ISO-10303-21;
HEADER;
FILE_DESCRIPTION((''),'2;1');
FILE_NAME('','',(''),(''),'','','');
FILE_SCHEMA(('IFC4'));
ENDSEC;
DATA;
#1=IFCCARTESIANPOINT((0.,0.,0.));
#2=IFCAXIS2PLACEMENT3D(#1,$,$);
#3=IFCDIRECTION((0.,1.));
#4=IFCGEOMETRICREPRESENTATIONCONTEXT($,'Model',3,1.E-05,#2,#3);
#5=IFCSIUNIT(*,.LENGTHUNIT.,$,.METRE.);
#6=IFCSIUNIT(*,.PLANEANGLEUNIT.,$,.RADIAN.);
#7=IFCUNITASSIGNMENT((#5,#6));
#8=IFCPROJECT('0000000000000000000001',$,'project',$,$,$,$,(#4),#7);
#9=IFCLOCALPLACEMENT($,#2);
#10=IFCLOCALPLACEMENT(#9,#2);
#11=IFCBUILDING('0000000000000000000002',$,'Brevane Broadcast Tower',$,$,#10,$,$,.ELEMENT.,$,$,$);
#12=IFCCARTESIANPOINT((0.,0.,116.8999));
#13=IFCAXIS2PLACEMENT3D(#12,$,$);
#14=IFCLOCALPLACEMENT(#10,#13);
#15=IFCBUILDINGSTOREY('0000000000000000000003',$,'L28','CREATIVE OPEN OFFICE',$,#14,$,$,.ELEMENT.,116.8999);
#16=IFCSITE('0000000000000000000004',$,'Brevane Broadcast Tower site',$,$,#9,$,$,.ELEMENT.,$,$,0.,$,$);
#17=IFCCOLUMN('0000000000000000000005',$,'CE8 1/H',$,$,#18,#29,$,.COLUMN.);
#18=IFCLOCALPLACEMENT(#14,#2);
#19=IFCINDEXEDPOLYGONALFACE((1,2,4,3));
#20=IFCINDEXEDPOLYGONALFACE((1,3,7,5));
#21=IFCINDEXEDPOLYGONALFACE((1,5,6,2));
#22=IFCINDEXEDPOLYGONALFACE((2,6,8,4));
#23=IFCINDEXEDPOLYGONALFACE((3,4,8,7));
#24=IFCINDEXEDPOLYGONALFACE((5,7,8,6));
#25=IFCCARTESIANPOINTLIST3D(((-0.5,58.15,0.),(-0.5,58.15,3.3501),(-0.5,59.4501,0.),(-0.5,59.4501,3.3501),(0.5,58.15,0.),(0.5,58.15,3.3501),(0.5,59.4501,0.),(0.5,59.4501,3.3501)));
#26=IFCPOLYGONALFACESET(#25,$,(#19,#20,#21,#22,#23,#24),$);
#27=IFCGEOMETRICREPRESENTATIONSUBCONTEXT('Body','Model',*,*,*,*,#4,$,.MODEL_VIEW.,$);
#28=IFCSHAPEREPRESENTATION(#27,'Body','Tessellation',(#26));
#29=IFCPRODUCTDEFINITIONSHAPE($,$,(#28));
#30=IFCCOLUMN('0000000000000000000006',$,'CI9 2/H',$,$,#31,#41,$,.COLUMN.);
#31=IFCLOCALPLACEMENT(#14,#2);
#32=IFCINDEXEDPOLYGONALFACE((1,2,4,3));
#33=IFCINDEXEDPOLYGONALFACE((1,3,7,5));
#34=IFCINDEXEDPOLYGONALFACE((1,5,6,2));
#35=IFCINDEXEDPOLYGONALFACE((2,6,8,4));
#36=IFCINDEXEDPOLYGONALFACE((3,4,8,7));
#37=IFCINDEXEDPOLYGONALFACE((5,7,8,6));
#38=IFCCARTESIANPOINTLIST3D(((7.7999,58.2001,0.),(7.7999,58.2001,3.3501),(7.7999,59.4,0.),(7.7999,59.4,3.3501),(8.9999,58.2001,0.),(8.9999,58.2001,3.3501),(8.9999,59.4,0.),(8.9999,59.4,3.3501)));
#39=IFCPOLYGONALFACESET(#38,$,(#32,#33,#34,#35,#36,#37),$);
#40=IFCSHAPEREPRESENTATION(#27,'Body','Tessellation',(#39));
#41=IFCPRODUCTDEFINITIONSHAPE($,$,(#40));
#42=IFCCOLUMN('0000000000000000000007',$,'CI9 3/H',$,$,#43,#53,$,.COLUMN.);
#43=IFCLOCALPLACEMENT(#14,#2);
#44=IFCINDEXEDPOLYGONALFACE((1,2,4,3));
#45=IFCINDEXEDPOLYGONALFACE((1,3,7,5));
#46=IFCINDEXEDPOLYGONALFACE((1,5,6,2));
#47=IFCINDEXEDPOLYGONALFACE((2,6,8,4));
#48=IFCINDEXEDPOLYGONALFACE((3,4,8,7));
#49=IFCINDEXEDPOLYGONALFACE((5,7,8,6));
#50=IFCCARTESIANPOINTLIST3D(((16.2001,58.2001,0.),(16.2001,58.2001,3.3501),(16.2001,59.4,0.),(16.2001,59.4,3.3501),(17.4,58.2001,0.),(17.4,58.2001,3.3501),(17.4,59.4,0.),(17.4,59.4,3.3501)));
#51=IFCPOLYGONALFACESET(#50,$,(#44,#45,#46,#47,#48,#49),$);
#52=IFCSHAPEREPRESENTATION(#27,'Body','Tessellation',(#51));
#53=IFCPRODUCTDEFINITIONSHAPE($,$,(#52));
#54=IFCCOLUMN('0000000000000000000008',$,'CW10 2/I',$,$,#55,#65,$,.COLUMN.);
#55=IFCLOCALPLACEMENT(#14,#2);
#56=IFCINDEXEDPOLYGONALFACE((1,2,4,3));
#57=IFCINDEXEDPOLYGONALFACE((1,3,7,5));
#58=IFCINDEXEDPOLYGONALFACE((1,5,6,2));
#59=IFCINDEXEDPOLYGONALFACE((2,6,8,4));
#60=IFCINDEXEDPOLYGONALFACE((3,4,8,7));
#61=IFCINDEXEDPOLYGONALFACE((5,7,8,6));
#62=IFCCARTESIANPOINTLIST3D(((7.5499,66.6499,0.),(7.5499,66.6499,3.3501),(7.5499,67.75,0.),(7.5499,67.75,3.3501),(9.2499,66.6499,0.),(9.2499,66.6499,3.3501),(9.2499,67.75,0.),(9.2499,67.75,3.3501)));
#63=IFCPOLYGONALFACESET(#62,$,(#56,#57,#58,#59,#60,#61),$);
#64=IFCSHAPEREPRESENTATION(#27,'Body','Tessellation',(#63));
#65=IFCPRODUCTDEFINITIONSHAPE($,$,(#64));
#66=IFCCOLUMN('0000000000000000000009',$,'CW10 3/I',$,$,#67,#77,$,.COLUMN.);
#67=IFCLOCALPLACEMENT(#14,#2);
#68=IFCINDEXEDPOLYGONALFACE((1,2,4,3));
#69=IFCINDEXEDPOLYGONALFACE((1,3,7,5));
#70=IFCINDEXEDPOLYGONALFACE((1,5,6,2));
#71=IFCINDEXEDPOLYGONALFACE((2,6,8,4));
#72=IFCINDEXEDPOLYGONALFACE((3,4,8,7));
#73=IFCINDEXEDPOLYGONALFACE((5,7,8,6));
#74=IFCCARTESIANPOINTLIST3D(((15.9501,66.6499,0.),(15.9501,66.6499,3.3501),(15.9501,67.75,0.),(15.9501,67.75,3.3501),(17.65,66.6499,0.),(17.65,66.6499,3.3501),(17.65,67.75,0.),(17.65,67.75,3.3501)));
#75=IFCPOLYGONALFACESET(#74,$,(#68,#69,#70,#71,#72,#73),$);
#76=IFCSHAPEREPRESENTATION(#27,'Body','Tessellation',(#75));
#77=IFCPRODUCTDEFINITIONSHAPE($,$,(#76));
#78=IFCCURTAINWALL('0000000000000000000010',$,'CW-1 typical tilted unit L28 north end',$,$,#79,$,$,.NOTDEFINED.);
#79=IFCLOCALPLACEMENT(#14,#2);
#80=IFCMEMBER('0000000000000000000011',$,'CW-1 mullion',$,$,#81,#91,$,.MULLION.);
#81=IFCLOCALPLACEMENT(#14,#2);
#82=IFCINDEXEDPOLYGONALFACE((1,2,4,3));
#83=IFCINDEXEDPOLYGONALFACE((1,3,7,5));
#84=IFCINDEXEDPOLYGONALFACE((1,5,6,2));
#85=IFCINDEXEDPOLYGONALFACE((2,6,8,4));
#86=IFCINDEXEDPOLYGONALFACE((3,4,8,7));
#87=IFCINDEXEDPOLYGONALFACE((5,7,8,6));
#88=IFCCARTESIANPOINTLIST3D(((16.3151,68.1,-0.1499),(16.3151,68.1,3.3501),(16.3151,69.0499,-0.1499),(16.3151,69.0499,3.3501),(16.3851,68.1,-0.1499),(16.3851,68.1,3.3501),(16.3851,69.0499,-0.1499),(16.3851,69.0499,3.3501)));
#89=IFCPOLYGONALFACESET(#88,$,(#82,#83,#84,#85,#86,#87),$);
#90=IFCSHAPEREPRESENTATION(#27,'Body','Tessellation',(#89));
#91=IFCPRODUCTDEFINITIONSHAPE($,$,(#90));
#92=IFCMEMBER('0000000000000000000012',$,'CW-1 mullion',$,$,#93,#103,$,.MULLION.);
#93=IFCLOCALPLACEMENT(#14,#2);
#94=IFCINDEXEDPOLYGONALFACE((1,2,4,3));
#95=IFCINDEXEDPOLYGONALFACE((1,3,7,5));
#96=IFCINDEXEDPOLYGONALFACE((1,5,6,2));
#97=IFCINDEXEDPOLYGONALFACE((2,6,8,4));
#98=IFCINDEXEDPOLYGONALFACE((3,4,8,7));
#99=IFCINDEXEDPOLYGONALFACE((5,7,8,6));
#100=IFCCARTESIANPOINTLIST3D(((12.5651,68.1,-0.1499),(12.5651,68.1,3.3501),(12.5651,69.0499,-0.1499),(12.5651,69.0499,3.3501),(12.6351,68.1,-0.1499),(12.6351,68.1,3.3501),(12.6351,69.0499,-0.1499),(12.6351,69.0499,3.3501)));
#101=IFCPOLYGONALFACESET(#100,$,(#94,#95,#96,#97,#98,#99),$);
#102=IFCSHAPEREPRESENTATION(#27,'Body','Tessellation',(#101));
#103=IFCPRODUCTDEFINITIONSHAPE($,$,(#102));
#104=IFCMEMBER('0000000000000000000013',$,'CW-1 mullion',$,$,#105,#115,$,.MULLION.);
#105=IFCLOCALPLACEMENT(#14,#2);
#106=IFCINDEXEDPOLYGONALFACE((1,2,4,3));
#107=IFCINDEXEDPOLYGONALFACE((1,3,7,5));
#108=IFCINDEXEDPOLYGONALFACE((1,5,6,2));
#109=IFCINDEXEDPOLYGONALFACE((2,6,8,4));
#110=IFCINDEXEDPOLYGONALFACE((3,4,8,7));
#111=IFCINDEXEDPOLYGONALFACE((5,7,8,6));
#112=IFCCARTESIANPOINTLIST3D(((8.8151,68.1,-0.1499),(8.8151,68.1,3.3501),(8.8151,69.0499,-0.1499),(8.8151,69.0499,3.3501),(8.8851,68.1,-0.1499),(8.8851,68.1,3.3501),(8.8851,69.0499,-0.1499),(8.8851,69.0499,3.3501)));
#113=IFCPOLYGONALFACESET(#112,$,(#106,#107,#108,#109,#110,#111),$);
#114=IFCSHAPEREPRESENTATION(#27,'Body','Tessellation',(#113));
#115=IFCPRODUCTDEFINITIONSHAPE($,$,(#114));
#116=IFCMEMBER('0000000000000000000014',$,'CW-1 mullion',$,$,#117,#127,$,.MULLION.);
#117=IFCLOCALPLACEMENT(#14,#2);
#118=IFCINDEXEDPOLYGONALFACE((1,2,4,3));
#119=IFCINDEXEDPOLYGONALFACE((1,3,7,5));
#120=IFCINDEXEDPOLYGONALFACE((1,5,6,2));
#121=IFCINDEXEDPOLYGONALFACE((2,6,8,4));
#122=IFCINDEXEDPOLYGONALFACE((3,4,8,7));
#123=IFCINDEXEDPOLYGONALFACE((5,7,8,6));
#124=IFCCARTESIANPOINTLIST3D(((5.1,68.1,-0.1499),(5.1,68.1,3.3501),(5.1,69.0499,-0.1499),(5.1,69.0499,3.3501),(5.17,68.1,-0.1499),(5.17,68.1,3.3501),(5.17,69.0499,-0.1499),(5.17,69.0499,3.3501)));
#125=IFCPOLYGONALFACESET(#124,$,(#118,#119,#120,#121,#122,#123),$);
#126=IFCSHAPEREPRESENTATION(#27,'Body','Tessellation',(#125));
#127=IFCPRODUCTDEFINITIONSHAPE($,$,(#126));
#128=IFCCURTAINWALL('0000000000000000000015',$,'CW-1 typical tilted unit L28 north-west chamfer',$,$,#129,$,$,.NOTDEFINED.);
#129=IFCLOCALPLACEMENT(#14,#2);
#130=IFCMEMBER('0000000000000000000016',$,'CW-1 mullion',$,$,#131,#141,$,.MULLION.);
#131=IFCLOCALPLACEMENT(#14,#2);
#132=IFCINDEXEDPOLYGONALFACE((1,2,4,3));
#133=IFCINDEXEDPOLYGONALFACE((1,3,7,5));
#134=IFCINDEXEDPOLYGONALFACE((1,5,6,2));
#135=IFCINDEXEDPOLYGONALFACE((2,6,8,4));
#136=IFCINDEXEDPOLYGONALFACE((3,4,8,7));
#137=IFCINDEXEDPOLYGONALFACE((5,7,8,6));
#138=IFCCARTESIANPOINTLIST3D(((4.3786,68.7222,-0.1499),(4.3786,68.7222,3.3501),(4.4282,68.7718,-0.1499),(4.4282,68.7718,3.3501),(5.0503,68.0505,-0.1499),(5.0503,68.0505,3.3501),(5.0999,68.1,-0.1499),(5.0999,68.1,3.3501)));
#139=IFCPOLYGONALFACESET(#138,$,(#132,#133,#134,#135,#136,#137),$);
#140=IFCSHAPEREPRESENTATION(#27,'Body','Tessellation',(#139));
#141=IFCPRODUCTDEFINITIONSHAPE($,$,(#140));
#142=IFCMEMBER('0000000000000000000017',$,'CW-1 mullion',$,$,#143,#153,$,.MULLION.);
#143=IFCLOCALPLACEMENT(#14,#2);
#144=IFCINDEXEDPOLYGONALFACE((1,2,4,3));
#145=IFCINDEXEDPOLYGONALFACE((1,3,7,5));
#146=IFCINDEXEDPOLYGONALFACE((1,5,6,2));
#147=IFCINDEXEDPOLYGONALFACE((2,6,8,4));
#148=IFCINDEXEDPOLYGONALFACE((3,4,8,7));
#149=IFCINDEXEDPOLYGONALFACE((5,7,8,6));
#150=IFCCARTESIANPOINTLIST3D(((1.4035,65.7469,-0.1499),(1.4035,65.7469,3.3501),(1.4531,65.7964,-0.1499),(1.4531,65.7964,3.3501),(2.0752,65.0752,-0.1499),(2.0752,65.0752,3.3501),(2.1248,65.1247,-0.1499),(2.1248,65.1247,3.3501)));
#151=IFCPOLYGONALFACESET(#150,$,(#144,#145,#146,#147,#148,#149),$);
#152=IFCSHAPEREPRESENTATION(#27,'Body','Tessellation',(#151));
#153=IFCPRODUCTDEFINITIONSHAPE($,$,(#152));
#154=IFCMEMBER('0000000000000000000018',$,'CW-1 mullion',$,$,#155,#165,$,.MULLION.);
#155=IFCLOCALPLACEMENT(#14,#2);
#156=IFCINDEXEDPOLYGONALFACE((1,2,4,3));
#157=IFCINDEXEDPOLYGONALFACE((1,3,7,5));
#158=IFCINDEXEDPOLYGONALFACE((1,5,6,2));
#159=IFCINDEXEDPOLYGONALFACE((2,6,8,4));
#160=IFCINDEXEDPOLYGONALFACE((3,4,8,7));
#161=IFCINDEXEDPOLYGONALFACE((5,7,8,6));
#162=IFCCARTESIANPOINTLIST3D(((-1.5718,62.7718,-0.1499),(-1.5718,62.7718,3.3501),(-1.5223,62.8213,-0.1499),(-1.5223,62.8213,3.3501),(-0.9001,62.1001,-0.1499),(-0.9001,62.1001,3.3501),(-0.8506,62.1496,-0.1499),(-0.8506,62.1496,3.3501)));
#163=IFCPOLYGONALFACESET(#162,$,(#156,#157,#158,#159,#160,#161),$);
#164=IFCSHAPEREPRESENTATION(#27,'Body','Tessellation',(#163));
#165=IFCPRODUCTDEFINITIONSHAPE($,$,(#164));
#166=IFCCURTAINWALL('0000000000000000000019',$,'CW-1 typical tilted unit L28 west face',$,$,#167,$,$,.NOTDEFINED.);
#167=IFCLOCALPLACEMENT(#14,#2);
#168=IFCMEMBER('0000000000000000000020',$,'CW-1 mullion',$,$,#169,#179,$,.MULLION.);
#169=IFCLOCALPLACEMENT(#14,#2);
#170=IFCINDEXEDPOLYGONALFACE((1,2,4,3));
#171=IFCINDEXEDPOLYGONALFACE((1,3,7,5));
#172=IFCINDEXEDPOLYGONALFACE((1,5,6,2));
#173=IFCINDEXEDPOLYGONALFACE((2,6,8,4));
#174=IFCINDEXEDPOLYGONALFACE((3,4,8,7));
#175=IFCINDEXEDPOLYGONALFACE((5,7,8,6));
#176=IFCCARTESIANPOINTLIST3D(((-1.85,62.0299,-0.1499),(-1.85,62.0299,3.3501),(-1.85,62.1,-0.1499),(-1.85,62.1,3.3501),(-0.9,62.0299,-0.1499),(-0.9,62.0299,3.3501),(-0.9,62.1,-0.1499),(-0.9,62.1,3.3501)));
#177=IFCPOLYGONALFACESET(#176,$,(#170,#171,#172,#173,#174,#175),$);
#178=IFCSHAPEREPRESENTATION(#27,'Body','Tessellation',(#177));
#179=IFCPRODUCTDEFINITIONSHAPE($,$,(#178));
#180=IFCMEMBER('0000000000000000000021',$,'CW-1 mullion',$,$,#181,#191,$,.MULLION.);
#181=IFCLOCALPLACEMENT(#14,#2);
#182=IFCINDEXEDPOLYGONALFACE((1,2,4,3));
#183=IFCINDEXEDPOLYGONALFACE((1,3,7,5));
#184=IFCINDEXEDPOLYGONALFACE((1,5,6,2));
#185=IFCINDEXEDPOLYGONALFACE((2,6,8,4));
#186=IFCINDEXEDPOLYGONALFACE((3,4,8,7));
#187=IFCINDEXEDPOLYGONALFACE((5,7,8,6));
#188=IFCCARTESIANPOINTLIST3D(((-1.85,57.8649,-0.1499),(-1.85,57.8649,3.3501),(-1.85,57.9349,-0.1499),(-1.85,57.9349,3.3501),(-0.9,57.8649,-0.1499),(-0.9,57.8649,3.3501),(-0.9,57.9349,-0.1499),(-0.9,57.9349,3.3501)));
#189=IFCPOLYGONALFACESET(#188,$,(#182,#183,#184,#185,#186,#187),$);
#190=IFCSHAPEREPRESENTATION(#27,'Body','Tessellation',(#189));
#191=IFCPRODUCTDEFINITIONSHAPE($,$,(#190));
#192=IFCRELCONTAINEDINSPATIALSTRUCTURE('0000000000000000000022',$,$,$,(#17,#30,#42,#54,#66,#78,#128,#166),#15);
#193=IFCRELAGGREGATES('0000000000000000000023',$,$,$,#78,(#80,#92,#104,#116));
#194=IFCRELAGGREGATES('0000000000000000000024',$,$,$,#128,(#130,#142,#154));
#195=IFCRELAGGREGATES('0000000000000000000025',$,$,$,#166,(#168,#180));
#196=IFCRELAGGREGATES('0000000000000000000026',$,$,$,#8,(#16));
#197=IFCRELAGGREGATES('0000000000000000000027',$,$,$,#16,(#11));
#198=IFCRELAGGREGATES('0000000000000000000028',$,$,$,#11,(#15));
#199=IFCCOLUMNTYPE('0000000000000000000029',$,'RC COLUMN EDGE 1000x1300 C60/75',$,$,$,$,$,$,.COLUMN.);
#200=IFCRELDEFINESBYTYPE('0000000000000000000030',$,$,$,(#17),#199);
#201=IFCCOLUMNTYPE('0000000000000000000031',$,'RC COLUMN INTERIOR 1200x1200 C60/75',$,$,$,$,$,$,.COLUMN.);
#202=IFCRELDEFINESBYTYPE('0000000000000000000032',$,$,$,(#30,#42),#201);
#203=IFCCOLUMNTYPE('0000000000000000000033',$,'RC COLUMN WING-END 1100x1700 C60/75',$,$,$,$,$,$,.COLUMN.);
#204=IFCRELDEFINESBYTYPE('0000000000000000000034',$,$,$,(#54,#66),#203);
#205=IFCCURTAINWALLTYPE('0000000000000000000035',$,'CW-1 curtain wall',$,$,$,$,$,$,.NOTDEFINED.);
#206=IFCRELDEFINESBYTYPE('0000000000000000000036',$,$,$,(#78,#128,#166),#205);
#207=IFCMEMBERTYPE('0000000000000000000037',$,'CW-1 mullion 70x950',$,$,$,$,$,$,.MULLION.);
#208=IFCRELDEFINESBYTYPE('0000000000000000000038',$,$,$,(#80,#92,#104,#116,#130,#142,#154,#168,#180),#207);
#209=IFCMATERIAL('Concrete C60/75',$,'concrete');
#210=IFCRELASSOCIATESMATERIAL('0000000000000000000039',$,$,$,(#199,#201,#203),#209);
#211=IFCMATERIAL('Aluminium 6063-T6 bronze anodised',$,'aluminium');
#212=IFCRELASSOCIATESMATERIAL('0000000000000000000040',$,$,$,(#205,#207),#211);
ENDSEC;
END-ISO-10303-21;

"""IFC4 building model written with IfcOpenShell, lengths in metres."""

from ifc_helpers import new_model, si_unit, direction, frame, origin, origin_2d, place, context, subcontext, project, spatial, rectangle, extrude, material, material_profile, profile_set, type_object, element, aggregate, save


model = new_model("IFC4")

# Units and contexts
model_context = context("Model", 3, precision=1e-05, world=origin(), true_north=direction((0.0, 1.0)))
body_context = subcontext(model_context, "Body", "Model", "MODEL_VIEW")
ifc_project = project(units=[si_unit("LENGTHUNIT", "METRE"), si_unit("PLANEANGLEUNIT", "RADIAN")], contexts=[model_context])

# Site, building, storey
site_placement = place(None, origin())
site = spatial("IfcSite", under=ifc_project, at=site_placement, Name="Brevane Broadcast Tower site", CompositionType="ELEMENT", RefElevation=0.0)
building_placement = place(site_placement, origin())
building = spatial("IfcBuilding", under=site, at=building_placement, Name="Brevane Broadcast Tower", CompositionType="ELEMENT")
storey_placement = place(building_placement, frame((0.0, 0.0, 116.8999)))
storey = spatial("IfcBuildingStorey", under=building, at=storey_placement, Name="L28", Description="CREATIVE OPEN OFFICE", CompositionType="ELEMENT", Elevation=116.8999)

# Columns
ifc_material_1 = material(Name="Concrete C60/75", Category="concrete")
ifc_material_profile_1 = material_profile(ifc_material_1, rectangle(XDim=1.0, YDim=1.3, at=origin_2d()), Name="RC 1000x1300")
ifc_profile_set_1 = profile_set([ifc_material_profile_1], Name="Concrete C60/75")
column_type_1 = type_object("IfcColumnType", Name="RC COLUMN EDGE 1000x1300 C60/75", PredefinedType="COLUMN", material=ifc_profile_set_1)
column_placement = place(storey_placement, frame((0.0, 58.8, 0.0), z_axis=(0.0, 0.0, 1.0), x_axis=(1.0, 0.0, 0.0)))
element("IfcColumn", 1, at=column_placement, inside=storey, type_object=column_type_1, Name="CE8 1/H", PredefinedType="COLUMN", context=body_context, shape_type="SweptSolid", body=[
    extrude(rectangle(XDim=1.0, YDim=1.3, at=origin_2d()), origin(), (0.0, 0.0, 1.0), 3.3501),
])
ifc_material_profile_2 = material_profile(ifc_material_1, rectangle(XDim=1.2, YDim=1.2, at=origin_2d()), Name="RC 1200x1200")
ifc_profile_set_2 = profile_set([ifc_material_profile_2], Name="Concrete C60/75")
column_type_2 = type_object("IfcColumnType", Name="RC COLUMN INTERIOR 1200x1200 C60/75", PredefinedType="COLUMN", material=ifc_profile_set_2)
for number, where, z_axis, x_axis, name in (
    (2, (8.3999, 58.8, 0.0), (0.0, 0.0, 1.0), (1.0, 0.0, 0.0), "CI9 2/H"),
    (3, (16.8, 58.8, 0.0), (0.0, 0.0, 1.0), (1.0, 0.0, 0.0), "CI9 3/H"),
):
    element("IfcColumn", number, at=place(storey_placement, frame(where, z_axis=z_axis, x_axis=x_axis)), inside=storey, type_object=column_type_2, Name=name, PredefinedType="COLUMN", context=body_context, shape_type="SweptSolid", body=[
        extrude(rectangle(XDim=1.2, YDim=1.2, at=origin_2d()), origin(), (0.0, 0.0, 1.0), 3.3501),
    ])
ifc_material_profile_3 = material_profile(ifc_material_1, rectangle(XDim=1.1001, YDim=1.7, at=origin_2d()), Name="RC 1100x1700")
ifc_profile_set_3 = profile_set([ifc_material_profile_3], Name="Concrete C60/75")
column_type_3 = type_object("IfcColumnType", Name="RC COLUMN WING-END 1100x1700 C60/75", PredefinedType="COLUMN", material=ifc_profile_set_3)
for number, where, z_axis, x_axis, name in (
    (4, (8.3999, 67.2, 0.0), (0.0, 0.0, 1.0), (0.0, 1.0, 0.0), "CW10 2/I"),
    (5, (16.8, 67.2, 0.0), (0.0, 0.0, 1.0), (0.0, 1.0, 0.0), "CW10 3/I"),
):
    element("IfcColumn", number, at=place(storey_placement, frame(where, z_axis=z_axis, x_axis=x_axis)), inside=storey, type_object=column_type_3, Name=name, PredefinedType="COLUMN", context=body_context, shape_type="SweptSolid", body=[
        extrude(rectangle(XDim=1.1001, YDim=1.7, at=origin_2d()), origin(), (0.0, 0.0, 1.0), 3.3501),
    ])

# Curtain walls, members
ifc_material_2 = material(Name="Aluminium 6063-T6 bronze anodised", Category="aluminium")
curtain_wall_type = type_object("IfcCurtainWallType", Name="CW-1 curtain wall", PredefinedType="NOTDEFINED", material=ifc_material_2)
curtain_wall_1_placement = place(storey_placement, origin())
curtain_wall_1 = element("IfcCurtainWall", 6, at=curtain_wall_1_placement, inside=storey, type_object=curtain_wall_type, Name="CW-1 typical tilted unit L28 north end", PredefinedType="NOTDEFINED")
ifc_material_profile_4 = material_profile(ifc_material_2, rectangle(XDim=0.95, YDim=0.0701, at=origin_2d()), Name="RECT 70x950")
ifc_profile_set_4 = profile_set([ifc_material_profile_4], Name="Aluminium 6063-T6 bronze anodised")
member_type_1 = type_object("IfcMemberType", Name="CW-1 mullion 70x950", PredefinedType="MULLION", material=ifc_profile_set_4)
member_1_placement = place(storey_placement, frame((16.3501, 68.575, -0.1499), z_axis=(0.0, 0.0, 1.0), x_axis=(0.0, -1.0, 0.0)))
member_1 = element("IfcMember", 7, at=member_1_placement, type_object=member_type_1, Name="CW-1 mullion", PredefinedType="MULLION", context=body_context, shape_type="SweptSolid", body=[
    extrude(rectangle(XDim=0.95, YDim=0.0701, at=origin_2d()), origin(), (0.0, 0.0, 1.0), 3.5),
])
member_2_placement = place(storey_placement, frame((12.6001, 68.575, -0.1499), z_axis=(0.0, 0.0, 1.0), x_axis=(0.0, -1.0, 0.0)))
member_2 = element("IfcMember", 8, at=member_2_placement, type_object=member_type_1, Name="CW-1 mullion", PredefinedType="MULLION", context=body_context, shape_type="SweptSolid", body=[
    extrude(rectangle(XDim=0.95, YDim=0.0701, at=origin_2d()), origin(), (0.0, 0.0, 1.0), 3.5),
])
member_3_placement = place(storey_placement, frame((8.8501, 68.575, -0.1499), z_axis=(0.0, 0.0, 1.0), x_axis=(0.0, -1.0, 0.0)))
member_3 = element("IfcMember", 9, at=member_3_placement, type_object=member_type_1, Name="CW-1 mullion", PredefinedType="MULLION", context=body_context, shape_type="SweptSolid", body=[
    extrude(rectangle(XDim=0.95, YDim=0.0701, at=origin_2d()), origin(), (0.0, 0.0, 1.0), 3.5),
])
member_4_placement = place(storey_placement, frame((5.135, 68.575, -0.1499), z_axis=(0.0, 0.0, 1.0), x_axis=(0.0, -1.0, 0.0)))
member_4 = element("IfcMember", 10, at=member_4_placement, type_object=member_type_1, Name="CW-1 mullion", PredefinedType="MULLION", context=body_context, shape_type="SweptSolid", body=[
    extrude(rectangle(XDim=0.95, YDim=0.0701, at=origin_2d()), origin(), (0.0, 0.0, 1.0), 3.5),
])
aggregate(curtain_wall_1, [member_1, member_2, member_3, member_4])
curtain_wall_2_placement = place(storey_placement, origin())
curtain_wall_2 = element("IfcCurtainWall", 11, at=curtain_wall_2_placement, inside=storey, type_object=curtain_wall_type, Name="CW-1 typical tilted unit L28 north-west chamfer", PredefinedType="NOTDEFINED")
member_5_placement = place(storey_placement, frame((4.7393, 68.4111, -0.1499), z_axis=(0.0, 0.0, 1.0), x_axis=(0.707107, -0.707107, 0.0)))
member_5 = element("IfcMember", 12, at=member_5_placement, type_object=member_type_1, Name="CW-1 mullion", PredefinedType="MULLION", context=body_context, shape_type="SweptSolid", body=[
    extrude(rectangle(XDim=0.95, YDim=0.0701, at=origin_2d()), origin(), (0.0, 0.0, 1.0), 3.5),
])
member_6_placement = place(storey_placement, frame((1.7642, 65.4358, -0.1499), z_axis=(0.0, 0.0, 1.0), x_axis=(0.707107, -0.707107, 0.0)))
member_6 = element("IfcMember", 13, at=member_6_placement, type_object=member_type_1, Name="CW-1 mullion", PredefinedType="MULLION", context=body_context, shape_type="SweptSolid", body=[
    extrude(rectangle(XDim=0.95, YDim=0.0701, at=origin_2d()), origin(), (0.0, 0.0, 1.0), 3.5),
])
member_7_placement = place(storey_placement, frame((-1.2112, 62.4607, -0.1499), z_axis=(0.0, 0.0, 1.0), x_axis=(0.707107, -0.707107, 0.0)))
member_7 = element("IfcMember", 14, at=member_7_placement, type_object=member_type_1, Name="CW-1 mullion", PredefinedType="MULLION", context=body_context, shape_type="SweptSolid", body=[
    extrude(rectangle(XDim=0.95, YDim=0.0701, at=origin_2d()), origin(), (0.0, 0.0, 1.0), 3.5),
])
curtain_wall_3_placement = place(storey_placement, origin())
curtain_wall_3 = element("IfcCurtainWall", 15, at=curtain_wall_3_placement, inside=storey, type_object=curtain_wall_type, Name="CW-1 typical tilted unit L28 west face", PredefinedType="NOTDEFINED")
member_8_placement = place(storey_placement, frame((-1.375, 62.0649, -0.1499), z_axis=(0.0, 0.0, 1.0), x_axis=(1.0, 0.0, 0.0)))
member_8 = element("IfcMember", 16, at=member_8_placement, type_object=member_type_1, Name="CW-1 mullion", PredefinedType="MULLION", context=body_context, shape_type="SweptSolid", body=[
    extrude(rectangle(XDim=0.95, YDim=0.0701, at=origin_2d()), origin(), (0.0, 0.0, 1.0), 3.5),
])
member_9_placement = place(storey_placement, frame((-1.375, 57.8999, -0.1499), z_axis=(0.0, 0.0, 1.0), x_axis=(1.0, 0.0, 0.0)))
member_9 = element("IfcMember", 17, at=member_9_placement, type_object=member_type_1, Name="CW-1 mullion", PredefinedType="MULLION", context=body_context, shape_type="SweptSolid", body=[
    extrude(rectangle(XDim=0.95, YDim=0.0701, at=origin_2d()), origin(), (0.0, 0.0, 1.0), 3.5),
])

aggregate(curtain_wall_2, [member_5, member_6, member_7])
aggregate(curtain_wall_3, [member_8, member_9])

save(model, "model.ifc")
